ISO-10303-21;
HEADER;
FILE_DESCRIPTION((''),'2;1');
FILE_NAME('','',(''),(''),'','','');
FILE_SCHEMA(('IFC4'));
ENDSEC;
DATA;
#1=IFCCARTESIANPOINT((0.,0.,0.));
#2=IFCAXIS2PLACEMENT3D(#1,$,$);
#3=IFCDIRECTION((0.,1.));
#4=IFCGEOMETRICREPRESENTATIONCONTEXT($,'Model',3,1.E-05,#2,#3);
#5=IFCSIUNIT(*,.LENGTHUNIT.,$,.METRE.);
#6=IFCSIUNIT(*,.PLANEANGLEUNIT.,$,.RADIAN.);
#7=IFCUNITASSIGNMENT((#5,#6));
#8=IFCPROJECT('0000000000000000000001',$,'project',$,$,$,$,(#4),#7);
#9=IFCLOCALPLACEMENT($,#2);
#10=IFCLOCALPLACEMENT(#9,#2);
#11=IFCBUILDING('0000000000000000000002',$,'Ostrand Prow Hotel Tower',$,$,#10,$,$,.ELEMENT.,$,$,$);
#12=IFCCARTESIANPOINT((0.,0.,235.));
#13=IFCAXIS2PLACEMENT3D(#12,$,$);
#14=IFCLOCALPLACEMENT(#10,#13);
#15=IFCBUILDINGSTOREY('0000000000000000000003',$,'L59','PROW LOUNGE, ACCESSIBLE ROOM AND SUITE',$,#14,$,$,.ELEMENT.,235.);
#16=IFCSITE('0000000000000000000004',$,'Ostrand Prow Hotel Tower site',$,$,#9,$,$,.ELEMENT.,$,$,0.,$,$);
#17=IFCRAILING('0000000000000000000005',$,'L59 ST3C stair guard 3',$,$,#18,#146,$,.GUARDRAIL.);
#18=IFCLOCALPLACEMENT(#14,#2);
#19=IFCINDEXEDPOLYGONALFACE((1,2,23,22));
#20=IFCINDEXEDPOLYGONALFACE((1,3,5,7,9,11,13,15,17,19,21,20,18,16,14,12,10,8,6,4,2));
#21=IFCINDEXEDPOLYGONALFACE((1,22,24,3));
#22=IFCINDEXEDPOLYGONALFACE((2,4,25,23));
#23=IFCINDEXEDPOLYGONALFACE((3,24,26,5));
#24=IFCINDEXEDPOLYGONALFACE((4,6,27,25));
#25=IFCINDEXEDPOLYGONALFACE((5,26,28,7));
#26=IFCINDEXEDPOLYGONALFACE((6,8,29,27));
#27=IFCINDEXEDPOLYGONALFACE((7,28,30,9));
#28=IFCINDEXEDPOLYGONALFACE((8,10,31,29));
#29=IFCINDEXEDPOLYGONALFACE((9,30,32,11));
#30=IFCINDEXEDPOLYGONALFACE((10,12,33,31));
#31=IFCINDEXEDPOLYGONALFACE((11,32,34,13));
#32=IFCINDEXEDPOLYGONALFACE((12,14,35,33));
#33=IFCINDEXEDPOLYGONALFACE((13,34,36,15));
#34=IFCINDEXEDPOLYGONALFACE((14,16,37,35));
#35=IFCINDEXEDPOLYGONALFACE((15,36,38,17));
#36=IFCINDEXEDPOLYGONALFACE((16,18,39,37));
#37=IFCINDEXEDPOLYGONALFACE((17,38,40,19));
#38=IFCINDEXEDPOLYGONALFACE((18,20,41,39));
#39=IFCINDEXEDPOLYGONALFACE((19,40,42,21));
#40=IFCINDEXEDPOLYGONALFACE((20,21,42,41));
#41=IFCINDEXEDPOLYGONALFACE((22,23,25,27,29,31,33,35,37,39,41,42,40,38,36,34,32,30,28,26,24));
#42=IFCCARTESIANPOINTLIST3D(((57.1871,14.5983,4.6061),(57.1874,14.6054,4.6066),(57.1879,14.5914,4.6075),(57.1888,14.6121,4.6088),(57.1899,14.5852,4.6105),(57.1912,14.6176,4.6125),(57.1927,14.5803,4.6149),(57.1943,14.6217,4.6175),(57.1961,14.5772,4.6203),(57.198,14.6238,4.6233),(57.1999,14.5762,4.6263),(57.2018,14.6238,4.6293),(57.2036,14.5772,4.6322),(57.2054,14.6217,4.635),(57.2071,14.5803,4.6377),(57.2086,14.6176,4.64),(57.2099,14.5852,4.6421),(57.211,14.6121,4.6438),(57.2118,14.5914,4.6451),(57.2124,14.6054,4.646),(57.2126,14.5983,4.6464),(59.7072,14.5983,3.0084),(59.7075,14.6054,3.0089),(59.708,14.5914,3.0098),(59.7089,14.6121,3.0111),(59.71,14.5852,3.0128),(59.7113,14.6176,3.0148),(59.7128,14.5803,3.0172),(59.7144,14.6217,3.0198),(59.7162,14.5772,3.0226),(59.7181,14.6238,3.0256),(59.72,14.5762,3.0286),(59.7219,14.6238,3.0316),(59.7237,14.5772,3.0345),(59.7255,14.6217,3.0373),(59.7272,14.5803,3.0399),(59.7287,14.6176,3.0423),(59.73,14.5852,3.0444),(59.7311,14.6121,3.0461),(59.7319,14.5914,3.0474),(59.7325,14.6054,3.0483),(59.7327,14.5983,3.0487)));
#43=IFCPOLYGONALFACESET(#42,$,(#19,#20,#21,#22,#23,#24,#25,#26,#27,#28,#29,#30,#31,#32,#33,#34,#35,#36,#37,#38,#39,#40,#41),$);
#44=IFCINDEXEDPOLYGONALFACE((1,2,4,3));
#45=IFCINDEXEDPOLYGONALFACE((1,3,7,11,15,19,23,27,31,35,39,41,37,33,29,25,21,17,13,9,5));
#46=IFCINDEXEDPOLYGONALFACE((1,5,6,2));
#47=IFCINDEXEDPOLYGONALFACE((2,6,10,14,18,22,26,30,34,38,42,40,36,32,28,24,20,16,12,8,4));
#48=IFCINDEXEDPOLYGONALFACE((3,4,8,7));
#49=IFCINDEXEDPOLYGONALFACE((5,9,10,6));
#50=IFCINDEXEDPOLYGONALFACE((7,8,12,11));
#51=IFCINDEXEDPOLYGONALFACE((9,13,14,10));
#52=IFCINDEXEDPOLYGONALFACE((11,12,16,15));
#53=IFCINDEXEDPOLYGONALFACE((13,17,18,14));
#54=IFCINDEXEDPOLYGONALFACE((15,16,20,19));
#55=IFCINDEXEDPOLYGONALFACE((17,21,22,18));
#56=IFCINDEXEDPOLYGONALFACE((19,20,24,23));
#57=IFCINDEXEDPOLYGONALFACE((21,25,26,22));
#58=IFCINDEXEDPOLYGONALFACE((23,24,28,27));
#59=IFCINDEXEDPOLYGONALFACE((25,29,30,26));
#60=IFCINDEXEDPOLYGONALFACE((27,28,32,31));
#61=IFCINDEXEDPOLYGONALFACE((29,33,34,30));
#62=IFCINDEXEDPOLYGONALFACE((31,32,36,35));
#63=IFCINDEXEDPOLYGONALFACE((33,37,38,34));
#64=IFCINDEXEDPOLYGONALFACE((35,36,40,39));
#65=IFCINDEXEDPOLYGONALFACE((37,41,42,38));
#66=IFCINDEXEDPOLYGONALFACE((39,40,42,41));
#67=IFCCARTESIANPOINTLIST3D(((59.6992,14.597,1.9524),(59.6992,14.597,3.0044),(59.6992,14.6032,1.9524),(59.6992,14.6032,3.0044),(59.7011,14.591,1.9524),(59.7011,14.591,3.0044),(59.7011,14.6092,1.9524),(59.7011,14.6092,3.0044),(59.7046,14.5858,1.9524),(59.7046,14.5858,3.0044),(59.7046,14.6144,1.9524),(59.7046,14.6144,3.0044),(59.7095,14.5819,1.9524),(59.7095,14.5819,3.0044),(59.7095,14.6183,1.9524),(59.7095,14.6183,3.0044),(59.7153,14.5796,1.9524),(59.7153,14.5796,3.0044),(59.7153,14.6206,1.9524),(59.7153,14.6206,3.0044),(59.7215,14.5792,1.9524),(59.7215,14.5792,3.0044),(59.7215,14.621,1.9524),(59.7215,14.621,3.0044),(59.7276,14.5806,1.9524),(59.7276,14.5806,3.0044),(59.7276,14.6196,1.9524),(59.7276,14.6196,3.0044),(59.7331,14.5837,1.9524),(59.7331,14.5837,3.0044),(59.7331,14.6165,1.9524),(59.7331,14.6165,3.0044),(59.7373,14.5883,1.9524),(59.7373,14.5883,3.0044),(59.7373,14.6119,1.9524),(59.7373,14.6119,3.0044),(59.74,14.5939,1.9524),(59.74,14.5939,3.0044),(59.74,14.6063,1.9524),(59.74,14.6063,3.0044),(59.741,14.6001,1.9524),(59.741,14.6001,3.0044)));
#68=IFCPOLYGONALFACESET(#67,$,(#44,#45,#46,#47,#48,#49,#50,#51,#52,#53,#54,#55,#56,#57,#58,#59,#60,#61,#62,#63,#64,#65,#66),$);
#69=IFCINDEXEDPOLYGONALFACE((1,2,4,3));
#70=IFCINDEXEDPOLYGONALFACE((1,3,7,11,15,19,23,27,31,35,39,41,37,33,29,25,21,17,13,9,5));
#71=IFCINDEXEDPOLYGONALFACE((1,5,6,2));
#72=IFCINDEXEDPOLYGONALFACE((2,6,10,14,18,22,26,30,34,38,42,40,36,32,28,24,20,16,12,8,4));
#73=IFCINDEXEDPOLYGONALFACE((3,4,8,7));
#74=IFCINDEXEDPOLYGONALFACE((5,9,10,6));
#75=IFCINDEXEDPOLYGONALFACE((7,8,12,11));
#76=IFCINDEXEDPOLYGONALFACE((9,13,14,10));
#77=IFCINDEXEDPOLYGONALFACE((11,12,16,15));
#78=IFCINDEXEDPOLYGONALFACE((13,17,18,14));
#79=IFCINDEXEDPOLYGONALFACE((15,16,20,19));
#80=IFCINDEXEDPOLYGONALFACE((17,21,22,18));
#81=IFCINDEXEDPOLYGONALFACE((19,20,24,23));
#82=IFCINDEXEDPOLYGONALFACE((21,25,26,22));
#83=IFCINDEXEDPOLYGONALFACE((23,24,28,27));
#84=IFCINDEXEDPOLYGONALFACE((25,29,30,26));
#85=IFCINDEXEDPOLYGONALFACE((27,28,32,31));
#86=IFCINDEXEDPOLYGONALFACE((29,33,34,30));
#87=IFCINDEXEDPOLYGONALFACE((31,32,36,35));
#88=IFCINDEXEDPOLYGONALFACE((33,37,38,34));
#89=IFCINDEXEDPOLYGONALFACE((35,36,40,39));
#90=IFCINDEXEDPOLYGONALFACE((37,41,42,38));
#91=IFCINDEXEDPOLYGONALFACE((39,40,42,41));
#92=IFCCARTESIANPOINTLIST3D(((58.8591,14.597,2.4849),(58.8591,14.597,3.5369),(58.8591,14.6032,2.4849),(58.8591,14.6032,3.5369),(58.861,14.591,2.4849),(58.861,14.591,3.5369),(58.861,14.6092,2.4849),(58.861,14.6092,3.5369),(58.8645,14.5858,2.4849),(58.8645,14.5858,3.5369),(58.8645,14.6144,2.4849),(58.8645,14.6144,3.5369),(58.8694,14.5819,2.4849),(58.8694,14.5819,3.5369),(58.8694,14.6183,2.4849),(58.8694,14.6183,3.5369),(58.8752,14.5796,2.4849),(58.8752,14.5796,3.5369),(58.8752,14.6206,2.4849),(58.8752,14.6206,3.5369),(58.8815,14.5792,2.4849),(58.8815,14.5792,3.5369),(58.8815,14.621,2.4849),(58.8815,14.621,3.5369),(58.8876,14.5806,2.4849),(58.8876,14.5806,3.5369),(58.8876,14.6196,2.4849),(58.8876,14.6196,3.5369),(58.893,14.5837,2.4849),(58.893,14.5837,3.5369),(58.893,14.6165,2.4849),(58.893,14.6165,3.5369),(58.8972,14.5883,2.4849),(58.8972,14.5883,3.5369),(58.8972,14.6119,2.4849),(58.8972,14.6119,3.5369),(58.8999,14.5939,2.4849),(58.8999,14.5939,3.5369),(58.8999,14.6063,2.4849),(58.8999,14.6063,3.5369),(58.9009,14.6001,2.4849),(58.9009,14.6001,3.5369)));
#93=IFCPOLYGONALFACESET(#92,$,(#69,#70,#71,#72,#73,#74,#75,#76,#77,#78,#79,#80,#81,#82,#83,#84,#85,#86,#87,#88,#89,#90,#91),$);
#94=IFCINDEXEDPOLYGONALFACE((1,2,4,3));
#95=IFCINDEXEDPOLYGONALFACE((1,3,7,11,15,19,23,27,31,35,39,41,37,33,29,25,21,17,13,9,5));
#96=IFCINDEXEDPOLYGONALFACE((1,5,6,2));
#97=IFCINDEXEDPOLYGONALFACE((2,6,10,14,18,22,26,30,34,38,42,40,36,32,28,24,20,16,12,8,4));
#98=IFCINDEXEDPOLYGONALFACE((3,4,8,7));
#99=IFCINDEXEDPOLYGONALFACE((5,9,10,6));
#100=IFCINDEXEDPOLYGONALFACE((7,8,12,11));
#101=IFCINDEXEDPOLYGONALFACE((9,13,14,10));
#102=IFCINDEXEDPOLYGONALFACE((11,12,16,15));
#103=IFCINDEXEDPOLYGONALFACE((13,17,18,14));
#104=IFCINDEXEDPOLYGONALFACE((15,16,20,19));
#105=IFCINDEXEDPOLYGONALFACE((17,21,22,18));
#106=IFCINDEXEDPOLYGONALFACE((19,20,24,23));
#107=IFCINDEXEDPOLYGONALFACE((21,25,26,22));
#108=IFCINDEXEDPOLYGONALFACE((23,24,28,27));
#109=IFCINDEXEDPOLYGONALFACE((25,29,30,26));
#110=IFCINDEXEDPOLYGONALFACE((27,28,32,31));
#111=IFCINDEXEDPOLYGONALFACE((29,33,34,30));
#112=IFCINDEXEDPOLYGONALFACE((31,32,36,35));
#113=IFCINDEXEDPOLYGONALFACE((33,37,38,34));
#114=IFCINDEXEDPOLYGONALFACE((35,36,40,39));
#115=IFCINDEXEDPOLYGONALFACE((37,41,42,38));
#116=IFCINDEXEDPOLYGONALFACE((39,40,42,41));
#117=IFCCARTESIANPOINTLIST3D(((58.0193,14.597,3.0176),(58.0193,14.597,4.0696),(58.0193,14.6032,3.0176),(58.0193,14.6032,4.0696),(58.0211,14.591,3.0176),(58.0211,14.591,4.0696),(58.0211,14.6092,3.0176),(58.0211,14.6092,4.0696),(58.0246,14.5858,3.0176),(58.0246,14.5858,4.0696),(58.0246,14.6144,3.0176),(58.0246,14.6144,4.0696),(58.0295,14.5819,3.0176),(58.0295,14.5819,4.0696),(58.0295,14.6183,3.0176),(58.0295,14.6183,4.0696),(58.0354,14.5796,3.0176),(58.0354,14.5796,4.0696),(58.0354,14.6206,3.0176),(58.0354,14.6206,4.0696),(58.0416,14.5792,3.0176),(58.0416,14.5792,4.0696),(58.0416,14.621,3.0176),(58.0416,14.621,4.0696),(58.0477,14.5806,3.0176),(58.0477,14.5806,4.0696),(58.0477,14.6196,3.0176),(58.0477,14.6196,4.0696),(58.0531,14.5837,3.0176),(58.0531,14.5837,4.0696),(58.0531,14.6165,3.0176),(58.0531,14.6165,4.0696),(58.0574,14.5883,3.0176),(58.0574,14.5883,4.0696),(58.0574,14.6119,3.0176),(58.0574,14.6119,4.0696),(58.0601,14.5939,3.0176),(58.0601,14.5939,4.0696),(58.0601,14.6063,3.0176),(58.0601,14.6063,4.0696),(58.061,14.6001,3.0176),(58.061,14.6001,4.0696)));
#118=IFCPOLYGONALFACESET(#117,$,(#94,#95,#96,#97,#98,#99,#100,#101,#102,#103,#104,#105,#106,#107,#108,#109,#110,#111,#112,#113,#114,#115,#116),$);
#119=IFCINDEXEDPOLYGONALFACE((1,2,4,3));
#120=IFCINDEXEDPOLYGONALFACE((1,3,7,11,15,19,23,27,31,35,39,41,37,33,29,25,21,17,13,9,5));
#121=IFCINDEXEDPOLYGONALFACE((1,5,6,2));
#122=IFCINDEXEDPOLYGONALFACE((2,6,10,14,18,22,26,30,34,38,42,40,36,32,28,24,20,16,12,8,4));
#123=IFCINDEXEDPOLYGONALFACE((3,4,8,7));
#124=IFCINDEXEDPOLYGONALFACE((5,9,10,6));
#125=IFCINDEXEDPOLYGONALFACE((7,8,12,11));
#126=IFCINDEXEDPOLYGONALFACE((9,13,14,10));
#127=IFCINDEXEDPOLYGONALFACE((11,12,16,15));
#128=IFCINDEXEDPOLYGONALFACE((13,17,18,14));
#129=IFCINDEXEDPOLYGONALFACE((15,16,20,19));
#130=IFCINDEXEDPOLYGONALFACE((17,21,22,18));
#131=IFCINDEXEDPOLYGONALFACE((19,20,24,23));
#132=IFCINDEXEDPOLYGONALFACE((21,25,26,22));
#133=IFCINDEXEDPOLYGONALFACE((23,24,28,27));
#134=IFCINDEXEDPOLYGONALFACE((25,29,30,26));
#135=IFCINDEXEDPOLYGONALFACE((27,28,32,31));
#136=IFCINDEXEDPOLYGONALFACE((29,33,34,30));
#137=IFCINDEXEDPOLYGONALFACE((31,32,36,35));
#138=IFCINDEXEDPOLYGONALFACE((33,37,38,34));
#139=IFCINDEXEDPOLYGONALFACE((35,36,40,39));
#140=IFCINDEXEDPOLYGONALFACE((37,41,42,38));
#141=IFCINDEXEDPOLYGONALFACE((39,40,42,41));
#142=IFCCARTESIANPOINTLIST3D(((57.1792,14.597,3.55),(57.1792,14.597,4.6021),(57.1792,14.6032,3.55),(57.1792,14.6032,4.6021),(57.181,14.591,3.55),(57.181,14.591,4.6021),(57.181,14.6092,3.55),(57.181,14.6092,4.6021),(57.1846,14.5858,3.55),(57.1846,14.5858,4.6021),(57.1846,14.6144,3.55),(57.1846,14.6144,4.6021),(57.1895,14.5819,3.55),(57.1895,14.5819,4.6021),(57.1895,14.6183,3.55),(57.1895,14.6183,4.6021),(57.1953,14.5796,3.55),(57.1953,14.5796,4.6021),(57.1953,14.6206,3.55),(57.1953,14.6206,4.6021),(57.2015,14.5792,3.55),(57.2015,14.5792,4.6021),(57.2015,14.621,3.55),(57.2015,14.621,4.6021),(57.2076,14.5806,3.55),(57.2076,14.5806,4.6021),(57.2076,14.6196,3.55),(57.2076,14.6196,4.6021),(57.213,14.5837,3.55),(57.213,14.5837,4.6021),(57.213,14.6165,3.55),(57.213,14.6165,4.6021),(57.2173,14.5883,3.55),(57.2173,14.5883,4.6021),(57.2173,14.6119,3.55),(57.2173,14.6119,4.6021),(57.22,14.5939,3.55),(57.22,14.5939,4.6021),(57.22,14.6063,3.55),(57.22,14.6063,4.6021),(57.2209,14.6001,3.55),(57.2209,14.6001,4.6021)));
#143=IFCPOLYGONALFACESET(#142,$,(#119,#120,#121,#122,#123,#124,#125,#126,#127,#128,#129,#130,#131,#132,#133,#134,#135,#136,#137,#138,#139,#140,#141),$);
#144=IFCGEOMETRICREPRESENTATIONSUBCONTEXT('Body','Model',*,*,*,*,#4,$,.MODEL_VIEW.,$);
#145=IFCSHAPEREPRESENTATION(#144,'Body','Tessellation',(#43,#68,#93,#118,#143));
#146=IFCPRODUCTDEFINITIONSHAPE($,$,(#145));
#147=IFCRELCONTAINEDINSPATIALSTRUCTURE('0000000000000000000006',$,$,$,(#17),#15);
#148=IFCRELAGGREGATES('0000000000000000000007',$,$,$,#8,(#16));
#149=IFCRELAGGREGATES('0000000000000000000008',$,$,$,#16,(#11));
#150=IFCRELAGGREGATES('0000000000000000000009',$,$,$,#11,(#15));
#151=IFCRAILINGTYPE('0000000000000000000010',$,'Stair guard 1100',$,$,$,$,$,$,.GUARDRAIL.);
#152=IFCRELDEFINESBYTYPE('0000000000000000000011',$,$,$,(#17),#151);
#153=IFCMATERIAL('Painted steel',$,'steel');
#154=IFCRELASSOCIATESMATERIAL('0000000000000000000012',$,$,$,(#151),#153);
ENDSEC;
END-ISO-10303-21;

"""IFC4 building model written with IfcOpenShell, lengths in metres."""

from ifc_helpers import new_model, si_unit, direction, frame, origin, origin_2d, place, context, subcontext, project, spatial, circle, extrude, material, type_object, element, save


model = new_model("IFC4")

# Units and contexts
model_context = context("Model", 3, precision=1e-05, world=origin(), true_north=direction((0.0, 1.0)))
body_context = subcontext(model_context, "Body", "Model", "MODEL_VIEW")
ifc_project = project(units=[si_unit("LENGTHUNIT", "METRE"), si_unit("PLANEANGLEUNIT", "RADIAN")], contexts=[model_context])

# Site, building, storey
site_placement = place(None, origin())
site = spatial("IfcSite", under=ifc_project, at=site_placement, Name="Ostrand Prow Hotel Tower site", CompositionType="ELEMENT", RefElevation=0.0)
building_placement = place(site_placement, origin())
building = spatial("IfcBuilding", under=site, at=building_placement, Name="Ostrand Prow Hotel Tower", CompositionType="ELEMENT")
storey_placement = place(building_placement, frame((0.0, 0.0, 235.0)))
storey = spatial("IfcBuildingStorey", under=building, at=storey_placement, Name="L59", Description="PROW LOUNGE, ACCESSIBLE ROOM AND SUITE", CompositionType="ELEMENT", Elevation=235.0)

# Railing
ifc_material_1 = material(Name="Painted steel", Category="steel")
railing_type_1 = type_object("IfcRailingType", Name="Stair guard 1100", PredefinedType="GUARDRAIL", material=ifc_material_1)
railing_1_placement = place(storey_placement, frame((59.72, 14.6001, 1.9524)))
element("IfcRailing", 1, at=railing_1_placement, inside=storey, type_object=railing_type_1, Name="L59 ST3C stair guard 3", PredefinedType="GUARDRAIL", context=body_context, shape_type="SweptSolid", body=[
    extrude(circle(Radius=0.0239, at=origin_2d()), frame((0.0, 0.0, 1.0762), z_axis=(-0.84457, 0.0, 0.535445), x_axis=(0.0, -1.0, 0.0)), (0.0, 0.0, 1.0), 2.9839),
    extrude(circle(Radius=0.021, at=origin_2d()), origin(), (0.0, 0.0, 1.0), 1.052),
    extrude(circle(Radius=0.021, at=origin_2d()), frame((-0.8401, 0.0, 0.5325)), (0.0, 0.0, 1.0), 1.052),
    extrude(circle(Radius=0.021, at=origin_2d()), frame((-1.6799, 0.0, 1.0652)), (0.0, 0.0, 1.0), 1.052),
    extrude(circle(Radius=0.021, at=origin_2d()), frame((-2.52, 0.0, 1.5977)), (0.0, 0.0, 1.0), 1.052),
])

save(model, "model.ifc")
